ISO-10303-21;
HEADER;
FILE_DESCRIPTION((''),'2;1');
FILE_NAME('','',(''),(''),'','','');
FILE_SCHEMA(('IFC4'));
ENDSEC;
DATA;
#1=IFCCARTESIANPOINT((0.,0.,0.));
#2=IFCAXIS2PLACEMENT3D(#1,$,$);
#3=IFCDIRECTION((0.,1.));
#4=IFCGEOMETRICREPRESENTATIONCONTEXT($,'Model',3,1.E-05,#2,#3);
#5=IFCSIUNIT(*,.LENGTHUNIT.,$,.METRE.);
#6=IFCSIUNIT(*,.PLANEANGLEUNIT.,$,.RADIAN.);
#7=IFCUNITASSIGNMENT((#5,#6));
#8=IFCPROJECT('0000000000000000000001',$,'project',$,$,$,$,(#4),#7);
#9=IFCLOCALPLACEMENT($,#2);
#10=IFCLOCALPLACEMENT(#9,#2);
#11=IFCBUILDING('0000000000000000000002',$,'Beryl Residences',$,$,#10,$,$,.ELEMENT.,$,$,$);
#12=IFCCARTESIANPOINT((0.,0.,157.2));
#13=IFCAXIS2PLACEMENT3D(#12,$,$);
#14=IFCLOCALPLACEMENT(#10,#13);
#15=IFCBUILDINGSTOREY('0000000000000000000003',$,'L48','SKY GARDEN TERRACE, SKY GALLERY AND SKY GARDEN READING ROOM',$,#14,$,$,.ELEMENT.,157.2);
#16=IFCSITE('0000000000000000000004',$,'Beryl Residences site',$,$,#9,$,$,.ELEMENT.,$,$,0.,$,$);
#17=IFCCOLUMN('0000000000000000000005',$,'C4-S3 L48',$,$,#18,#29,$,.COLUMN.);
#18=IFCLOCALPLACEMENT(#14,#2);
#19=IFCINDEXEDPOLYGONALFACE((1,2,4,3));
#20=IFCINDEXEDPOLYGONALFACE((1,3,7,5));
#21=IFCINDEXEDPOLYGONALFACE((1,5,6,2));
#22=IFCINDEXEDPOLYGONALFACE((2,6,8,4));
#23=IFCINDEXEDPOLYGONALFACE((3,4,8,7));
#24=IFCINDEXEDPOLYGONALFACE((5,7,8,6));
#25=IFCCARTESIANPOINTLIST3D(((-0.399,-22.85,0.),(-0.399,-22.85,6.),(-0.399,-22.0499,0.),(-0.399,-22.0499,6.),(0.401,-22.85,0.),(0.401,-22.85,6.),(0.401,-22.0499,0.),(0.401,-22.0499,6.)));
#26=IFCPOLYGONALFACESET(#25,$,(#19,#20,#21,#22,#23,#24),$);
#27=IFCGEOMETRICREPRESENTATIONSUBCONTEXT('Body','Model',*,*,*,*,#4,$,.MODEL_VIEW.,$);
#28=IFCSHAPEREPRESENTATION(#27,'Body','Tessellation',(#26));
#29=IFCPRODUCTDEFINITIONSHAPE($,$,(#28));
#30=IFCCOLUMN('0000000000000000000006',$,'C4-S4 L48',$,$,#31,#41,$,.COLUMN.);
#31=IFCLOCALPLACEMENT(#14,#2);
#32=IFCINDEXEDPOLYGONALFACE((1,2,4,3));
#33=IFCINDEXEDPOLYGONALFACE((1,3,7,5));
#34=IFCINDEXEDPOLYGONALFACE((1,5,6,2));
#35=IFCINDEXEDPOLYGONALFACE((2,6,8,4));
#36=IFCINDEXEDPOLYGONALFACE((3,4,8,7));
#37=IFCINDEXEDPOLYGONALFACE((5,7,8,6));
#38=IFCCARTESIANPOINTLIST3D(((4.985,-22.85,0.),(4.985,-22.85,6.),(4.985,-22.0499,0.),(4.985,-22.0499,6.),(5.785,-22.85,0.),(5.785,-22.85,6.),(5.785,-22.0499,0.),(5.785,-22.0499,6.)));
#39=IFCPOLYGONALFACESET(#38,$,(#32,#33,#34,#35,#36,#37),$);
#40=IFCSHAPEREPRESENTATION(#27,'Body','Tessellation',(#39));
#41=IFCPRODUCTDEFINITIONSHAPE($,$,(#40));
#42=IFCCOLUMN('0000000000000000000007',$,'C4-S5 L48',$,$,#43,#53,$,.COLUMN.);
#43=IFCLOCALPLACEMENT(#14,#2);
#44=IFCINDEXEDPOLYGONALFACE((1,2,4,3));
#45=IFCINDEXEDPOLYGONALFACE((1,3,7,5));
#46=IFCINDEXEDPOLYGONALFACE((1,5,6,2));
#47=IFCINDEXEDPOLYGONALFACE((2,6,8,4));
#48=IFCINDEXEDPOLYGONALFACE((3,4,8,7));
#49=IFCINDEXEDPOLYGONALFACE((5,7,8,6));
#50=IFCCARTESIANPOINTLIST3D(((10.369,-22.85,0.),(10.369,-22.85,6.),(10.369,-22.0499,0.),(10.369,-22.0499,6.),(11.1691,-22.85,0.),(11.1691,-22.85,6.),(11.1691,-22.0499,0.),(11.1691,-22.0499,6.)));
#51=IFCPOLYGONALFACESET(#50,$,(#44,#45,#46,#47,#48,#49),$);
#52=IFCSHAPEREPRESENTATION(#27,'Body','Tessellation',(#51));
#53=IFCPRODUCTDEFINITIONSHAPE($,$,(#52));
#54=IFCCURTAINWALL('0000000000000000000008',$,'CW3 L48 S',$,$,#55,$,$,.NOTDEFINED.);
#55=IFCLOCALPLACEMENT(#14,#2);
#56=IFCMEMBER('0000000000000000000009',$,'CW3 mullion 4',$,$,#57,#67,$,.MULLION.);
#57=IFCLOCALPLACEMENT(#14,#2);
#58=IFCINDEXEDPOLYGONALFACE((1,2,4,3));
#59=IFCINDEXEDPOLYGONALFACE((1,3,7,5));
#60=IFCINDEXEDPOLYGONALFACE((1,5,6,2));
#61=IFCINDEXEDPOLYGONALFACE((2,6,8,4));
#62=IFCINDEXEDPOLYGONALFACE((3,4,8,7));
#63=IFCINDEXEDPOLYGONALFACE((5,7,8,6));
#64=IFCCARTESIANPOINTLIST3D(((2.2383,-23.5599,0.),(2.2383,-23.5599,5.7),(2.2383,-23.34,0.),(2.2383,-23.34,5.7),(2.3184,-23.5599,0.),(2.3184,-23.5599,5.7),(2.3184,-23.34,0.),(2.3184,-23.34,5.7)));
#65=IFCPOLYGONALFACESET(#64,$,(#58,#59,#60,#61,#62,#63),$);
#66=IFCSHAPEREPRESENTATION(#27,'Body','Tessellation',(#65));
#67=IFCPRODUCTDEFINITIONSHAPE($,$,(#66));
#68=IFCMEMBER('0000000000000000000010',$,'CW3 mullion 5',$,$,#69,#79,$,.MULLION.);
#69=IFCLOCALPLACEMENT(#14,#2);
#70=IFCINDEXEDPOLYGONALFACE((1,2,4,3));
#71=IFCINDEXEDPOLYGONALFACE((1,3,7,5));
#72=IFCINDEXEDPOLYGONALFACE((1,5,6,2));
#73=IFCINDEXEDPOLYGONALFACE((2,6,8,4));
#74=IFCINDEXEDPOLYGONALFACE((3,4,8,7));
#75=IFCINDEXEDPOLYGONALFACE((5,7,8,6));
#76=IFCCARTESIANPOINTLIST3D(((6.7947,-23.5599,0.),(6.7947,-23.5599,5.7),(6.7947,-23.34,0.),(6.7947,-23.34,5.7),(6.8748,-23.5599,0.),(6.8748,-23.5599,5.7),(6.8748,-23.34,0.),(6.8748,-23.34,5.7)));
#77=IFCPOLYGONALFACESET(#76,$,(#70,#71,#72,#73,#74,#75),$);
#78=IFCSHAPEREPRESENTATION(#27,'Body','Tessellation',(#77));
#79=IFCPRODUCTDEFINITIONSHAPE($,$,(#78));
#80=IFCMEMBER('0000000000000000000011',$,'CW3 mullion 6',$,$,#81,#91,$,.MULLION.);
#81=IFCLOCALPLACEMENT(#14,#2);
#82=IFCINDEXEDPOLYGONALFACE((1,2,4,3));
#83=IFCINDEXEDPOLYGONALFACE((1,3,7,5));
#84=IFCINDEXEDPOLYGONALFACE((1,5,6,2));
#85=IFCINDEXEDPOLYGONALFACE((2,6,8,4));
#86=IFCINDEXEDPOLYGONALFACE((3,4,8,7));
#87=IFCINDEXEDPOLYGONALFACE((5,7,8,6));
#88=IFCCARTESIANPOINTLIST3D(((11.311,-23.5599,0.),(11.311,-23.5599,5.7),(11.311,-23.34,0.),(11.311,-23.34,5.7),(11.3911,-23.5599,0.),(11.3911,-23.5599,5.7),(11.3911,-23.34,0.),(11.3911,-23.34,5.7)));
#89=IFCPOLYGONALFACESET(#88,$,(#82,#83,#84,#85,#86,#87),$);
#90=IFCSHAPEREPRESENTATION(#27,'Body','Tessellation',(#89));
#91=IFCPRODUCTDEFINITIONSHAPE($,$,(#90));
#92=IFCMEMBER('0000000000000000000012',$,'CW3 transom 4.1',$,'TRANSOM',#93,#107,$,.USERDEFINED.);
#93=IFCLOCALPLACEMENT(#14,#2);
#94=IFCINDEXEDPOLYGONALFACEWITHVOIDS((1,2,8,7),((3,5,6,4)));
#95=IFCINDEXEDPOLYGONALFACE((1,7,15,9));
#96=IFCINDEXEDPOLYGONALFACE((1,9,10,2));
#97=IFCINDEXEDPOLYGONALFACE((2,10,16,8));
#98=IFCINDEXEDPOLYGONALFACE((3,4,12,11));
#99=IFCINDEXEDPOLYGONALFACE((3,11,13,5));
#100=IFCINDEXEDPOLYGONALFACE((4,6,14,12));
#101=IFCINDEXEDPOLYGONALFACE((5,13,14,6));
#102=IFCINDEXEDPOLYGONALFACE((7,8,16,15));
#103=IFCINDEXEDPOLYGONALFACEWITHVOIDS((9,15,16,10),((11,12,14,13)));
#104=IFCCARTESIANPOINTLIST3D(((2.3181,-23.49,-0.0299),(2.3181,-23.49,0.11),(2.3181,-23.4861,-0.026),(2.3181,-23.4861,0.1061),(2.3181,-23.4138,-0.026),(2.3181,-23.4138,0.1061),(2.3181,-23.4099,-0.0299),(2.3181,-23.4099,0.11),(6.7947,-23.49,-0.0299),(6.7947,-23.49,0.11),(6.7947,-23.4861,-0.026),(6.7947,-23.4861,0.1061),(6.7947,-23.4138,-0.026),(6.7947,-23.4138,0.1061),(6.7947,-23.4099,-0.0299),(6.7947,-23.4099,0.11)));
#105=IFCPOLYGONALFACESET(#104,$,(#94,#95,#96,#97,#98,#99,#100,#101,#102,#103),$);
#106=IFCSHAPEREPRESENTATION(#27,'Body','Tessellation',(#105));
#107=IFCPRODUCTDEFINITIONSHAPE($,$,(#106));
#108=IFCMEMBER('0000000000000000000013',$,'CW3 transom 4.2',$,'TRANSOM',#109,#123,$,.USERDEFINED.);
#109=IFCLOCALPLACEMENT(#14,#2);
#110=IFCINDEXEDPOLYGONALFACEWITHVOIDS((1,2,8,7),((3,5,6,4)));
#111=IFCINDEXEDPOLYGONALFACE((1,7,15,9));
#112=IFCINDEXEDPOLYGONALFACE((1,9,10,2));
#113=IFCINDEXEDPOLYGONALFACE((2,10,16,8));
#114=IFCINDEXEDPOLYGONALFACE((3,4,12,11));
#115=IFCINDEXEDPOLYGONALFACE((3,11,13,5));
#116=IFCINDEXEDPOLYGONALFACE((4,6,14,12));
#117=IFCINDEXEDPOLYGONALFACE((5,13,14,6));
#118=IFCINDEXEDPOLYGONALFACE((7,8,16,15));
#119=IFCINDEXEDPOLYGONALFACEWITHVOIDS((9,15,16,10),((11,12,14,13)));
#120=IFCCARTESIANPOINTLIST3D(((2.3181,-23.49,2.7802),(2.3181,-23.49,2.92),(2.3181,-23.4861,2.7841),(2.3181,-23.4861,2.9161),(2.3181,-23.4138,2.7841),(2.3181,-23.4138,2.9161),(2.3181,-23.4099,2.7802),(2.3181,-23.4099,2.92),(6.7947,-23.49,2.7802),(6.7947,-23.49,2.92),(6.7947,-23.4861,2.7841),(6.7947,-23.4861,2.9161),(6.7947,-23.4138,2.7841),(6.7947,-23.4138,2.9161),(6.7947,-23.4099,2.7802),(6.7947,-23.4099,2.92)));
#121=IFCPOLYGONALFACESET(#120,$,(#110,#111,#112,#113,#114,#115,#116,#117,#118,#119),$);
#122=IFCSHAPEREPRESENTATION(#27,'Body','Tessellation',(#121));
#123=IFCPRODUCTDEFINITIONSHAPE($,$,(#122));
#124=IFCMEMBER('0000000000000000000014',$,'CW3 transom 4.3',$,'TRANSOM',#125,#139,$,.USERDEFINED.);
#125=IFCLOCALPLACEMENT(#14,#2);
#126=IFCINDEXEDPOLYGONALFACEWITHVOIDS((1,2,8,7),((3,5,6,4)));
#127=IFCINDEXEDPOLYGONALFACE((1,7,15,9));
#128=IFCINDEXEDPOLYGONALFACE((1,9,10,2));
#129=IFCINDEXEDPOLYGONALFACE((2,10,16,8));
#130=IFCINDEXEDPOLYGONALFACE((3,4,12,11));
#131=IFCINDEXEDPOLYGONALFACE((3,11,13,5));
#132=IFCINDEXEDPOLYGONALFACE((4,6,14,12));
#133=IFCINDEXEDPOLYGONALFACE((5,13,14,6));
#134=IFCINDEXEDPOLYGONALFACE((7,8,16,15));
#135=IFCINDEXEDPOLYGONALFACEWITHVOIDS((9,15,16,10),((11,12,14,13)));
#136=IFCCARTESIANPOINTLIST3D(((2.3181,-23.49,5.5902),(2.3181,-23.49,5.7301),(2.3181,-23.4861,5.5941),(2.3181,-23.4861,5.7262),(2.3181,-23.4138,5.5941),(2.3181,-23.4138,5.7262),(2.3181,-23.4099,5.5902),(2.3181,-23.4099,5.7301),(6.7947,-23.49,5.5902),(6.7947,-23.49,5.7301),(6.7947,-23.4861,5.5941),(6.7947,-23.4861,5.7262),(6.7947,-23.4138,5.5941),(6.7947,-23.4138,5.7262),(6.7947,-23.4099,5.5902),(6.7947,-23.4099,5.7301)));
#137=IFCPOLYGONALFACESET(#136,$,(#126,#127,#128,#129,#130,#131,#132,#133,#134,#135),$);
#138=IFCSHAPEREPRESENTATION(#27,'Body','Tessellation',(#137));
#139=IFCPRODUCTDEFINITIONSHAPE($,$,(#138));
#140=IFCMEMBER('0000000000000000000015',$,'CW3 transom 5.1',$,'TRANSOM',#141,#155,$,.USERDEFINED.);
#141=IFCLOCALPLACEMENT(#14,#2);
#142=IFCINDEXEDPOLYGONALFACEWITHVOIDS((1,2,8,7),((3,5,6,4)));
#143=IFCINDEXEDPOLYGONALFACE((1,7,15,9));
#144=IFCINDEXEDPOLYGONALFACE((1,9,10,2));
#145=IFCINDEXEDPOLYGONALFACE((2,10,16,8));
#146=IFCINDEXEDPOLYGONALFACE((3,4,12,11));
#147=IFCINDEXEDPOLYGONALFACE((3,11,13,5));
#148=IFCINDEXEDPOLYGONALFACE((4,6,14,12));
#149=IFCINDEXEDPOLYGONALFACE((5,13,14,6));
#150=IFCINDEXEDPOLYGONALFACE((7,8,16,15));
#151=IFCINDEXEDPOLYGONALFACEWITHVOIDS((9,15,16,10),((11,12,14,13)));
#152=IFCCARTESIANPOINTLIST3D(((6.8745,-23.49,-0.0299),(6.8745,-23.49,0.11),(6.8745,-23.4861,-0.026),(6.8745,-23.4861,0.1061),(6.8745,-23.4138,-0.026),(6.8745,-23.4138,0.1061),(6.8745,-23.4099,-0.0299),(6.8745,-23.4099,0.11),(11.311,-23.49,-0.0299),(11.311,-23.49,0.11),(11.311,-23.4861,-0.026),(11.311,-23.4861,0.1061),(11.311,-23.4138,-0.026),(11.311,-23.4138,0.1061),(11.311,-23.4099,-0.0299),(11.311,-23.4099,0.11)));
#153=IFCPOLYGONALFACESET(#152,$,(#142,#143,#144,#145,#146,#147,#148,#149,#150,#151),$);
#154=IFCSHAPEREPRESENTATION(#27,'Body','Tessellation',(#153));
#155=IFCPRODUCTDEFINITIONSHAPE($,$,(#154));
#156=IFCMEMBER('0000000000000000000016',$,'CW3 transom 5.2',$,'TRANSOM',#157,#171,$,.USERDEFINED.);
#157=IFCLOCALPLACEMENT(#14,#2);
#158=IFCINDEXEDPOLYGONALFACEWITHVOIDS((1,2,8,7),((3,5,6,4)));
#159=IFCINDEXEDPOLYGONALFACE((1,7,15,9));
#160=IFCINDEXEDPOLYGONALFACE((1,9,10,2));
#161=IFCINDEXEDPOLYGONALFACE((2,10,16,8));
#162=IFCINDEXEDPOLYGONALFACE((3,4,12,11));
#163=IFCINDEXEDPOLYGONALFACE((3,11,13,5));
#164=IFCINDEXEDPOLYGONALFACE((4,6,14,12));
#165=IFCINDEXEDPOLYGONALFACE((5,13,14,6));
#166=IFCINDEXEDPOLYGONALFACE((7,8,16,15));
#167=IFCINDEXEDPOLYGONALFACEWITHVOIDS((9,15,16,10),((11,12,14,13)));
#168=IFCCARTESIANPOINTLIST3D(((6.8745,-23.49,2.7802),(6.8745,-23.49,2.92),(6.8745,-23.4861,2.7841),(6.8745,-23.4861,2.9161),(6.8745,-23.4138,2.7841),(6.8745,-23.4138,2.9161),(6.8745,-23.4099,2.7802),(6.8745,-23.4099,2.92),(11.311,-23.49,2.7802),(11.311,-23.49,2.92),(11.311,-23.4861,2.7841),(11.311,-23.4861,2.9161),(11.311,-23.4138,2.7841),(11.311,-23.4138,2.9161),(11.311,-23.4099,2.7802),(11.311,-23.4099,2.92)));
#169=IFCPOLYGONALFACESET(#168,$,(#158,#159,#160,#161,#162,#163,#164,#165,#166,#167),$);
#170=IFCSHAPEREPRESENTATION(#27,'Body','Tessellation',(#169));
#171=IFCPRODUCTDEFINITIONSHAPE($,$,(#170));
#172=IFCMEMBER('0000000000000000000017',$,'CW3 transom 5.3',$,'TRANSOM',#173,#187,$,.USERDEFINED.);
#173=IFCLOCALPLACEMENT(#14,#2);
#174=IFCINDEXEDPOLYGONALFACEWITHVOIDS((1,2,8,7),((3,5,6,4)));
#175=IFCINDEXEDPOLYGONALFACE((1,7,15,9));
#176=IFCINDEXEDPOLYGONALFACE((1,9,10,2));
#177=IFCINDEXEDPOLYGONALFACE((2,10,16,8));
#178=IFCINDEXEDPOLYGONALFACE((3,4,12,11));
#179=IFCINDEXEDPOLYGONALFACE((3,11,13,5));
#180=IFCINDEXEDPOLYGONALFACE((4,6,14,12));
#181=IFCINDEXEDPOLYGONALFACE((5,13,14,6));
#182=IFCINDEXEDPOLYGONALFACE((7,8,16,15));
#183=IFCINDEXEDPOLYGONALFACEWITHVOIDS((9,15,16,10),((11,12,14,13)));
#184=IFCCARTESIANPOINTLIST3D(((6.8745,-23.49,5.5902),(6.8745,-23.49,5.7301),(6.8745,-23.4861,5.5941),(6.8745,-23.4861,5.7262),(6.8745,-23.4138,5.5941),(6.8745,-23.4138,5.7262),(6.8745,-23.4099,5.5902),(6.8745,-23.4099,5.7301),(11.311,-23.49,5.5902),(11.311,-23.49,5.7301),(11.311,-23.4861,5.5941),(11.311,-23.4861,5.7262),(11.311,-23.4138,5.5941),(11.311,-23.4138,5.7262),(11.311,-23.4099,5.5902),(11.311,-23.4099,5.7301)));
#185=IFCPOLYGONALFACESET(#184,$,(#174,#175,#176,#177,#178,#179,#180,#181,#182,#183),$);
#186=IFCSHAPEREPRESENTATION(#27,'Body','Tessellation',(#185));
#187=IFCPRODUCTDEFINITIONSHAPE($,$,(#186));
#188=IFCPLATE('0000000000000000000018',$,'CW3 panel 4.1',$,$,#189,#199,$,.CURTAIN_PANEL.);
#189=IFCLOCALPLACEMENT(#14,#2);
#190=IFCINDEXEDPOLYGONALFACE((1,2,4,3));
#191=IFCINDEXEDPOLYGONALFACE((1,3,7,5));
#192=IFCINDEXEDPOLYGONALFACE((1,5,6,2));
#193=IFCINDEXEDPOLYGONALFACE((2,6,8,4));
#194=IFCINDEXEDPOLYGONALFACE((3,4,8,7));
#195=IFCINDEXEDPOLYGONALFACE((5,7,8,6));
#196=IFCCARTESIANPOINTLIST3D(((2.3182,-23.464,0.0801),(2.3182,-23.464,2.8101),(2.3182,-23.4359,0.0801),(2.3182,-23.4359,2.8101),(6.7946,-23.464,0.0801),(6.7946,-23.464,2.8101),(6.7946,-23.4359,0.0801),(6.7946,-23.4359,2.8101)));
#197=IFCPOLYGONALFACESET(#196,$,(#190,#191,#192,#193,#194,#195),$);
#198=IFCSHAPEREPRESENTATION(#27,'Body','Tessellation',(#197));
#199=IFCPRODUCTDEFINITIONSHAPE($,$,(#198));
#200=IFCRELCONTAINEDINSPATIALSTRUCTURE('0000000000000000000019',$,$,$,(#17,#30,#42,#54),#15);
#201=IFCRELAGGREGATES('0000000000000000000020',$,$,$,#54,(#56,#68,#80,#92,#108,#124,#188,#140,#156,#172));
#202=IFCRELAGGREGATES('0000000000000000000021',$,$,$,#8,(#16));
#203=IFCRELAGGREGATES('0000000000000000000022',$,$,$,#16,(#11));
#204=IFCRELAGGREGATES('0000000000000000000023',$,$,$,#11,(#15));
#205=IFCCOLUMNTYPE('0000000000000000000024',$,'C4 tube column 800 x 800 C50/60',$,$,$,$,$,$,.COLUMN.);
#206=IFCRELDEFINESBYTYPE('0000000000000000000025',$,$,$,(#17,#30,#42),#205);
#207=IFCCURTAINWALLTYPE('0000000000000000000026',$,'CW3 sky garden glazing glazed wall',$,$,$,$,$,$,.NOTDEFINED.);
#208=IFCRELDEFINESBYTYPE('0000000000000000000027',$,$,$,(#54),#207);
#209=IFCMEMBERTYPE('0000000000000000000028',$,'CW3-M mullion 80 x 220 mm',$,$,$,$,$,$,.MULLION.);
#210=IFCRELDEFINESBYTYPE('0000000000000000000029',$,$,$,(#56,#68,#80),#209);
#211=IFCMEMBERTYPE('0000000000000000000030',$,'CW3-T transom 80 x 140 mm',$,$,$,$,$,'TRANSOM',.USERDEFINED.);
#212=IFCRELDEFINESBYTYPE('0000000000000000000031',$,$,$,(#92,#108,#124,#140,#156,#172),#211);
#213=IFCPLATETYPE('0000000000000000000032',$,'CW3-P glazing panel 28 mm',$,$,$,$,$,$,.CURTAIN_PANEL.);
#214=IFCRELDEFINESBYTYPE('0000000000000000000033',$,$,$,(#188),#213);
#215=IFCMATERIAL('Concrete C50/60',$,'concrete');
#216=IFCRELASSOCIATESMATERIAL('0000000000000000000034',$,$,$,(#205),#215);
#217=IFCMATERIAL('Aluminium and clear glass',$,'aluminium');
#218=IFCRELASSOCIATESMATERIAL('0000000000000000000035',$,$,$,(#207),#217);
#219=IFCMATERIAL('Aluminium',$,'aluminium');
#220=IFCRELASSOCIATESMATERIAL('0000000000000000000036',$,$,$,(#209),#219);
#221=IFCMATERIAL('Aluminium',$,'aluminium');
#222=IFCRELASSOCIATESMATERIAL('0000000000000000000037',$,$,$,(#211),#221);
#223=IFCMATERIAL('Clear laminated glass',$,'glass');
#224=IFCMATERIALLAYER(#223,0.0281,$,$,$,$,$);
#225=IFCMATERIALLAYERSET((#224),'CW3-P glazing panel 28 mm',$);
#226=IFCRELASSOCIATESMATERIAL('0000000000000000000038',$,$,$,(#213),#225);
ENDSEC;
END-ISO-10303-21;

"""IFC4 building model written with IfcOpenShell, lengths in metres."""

from ifc_helpers import new_model, si_unit, direction, frame, origin, origin_2d, place, context, subcontext, project, spatial, rectangle, hollow_rectangle, extrude, material, layer, layer_set, material_profile, profile_set, type_object, element, aggregate, save


model = new_model("IFC4")

# Units and contexts
model_context = context("Model", 3, precision=1e-05, world=origin(), true_north=direction((0.0, 1.0)))
body_context = subcontext(model_context, "Body", "Model", "MODEL_VIEW")
ifc_project = project(units=[si_unit("LENGTHUNIT", "METRE"), si_unit("PLANEANGLEUNIT", "RADIAN")], contexts=[model_context])

# Site, building, storey
site_placement = place(None, origin())
site = spatial("IfcSite", under=ifc_project, at=site_placement, Name="Beryl Residences site", CompositionType="ELEMENT", RefElevation=0.0)
building_placement = place(site_placement, origin())
building = spatial("IfcBuilding", under=site, at=building_placement, Name="Beryl Residences", CompositionType="ELEMENT")
storey_placement = place(building_placement, frame((0.0, 0.0, 157.2)))
storey = spatial("IfcBuildingStorey", under=building, at=storey_placement, Name="L48", Description="SKY GARDEN TERRACE, SKY GALLERY AND SKY GARDEN READING ROOM", CompositionType="ELEMENT", Elevation=157.2)

# Columns
ifc_material_1 = material(Name="Concrete C50/60", Category="concrete")
ifc_material_profile_1 = material_profile(ifc_material_1, rectangle(XDim=0.8, YDim=0.8, at=origin_2d()))
ifc_profile_set_1 = profile_set([ifc_material_profile_1], Name="Concrete C50/60")
column_type = type_object("IfcColumnType", Name="C4 tube column 800 x 800 C50/60", PredefinedType="COLUMN", material=ifc_profile_set_1)
for number, where, z_axis, x_axis, name in (
    (1, (0.001, -22.45, 0.0), (0.0, 0.0, 1.0), (1.0, 0.0, 0.0), "C4-S3 L48"),
    (2, (5.385, -22.45, 0.0), (0.0, 0.0, 1.0), (1.0, 0.0, 0.0), "C4-S4 L48"),
    (3, (10.769, -22.45, 0.0), (0.0, 0.0, 1.0), (1.0, 0.0, 0.0), "C4-S5 L48"),
):
    element("IfcColumn", number, at=place(storey_placement, frame(where, z_axis=z_axis, x_axis=x_axis)), inside=storey, type_object=column_type, Name=name, PredefinedType="COLUMN", context=body_context, shape_type="SweptSolid", body=[
        extrude(rectangle(XDim=0.8, YDim=0.8, at=origin_2d()), origin(), (0.0, 0.0, 1.0), 6.0),
    ])

# Curtain wall, members, plate
ifc_material_2 = material(Name="Aluminium and clear glass", Category="aluminium")
curtain_wall_type = type_object("IfcCurtainWallType", Name="CW3 sky garden glazing glazed wall", PredefinedType="NOTDEFINED", material=ifc_material_2)
curtain_wall_placement = place(storey_placement, origin())
curtain_wall = element("IfcCurtainWall", 4, at=curtain_wall_placement, inside=storey, type_object=curtain_wall_type, Name="CW3 L48 S", PredefinedType="NOTDEFINED")
ifc_material_3 = material(Name="Aluminium", Category="aluminium")
ifc_material_profile_2 = material_profile(ifc_material_3, rectangle(XDim=0.0801, YDim=0.22, at=origin_2d()))
ifc_profile_set_2 = profile_set([ifc_material_profile_2], Name="Aluminium")
member_type_1 = type_object("IfcMemberType", Name="CW3-M mullion 80 x 220 mm", PredefinedType="MULLION", material=ifc_profile_set_2)
member_1_placement = place(storey_placement, frame((2.2783, -23.45, 0.0), z_axis=(0.0, 0.0, 1.0), x_axis=(1.0, 0.0, 0.0)))
member_1 = element("IfcMember", 5, at=member_1_placement, type_object=member_type_1, Name="CW3 mullion 4", PredefinedType="MULLION", context=body_context, shape_type="SweptSolid", body=[
    extrude(rectangle(XDim=0.0801, YDim=0.22, at=origin_2d()), origin(), (0.0, 0.0, 1.0), 5.7),
])
member_2_placement = place(storey_placement, frame((6.8347, -23.45, 0.0), z_axis=(0.0, 0.0, 1.0), x_axis=(1.0, 0.0, 0.0)))
member_2 = element("IfcMember", 6, at=member_2_placement, type_object=member_type_1, Name="CW3 mullion 5", PredefinedType="MULLION", context=body_context, shape_type="SweptSolid", body=[
    extrude(rectangle(XDim=0.0801, YDim=0.22, at=origin_2d()), origin(), (0.0, 0.0, 1.0), 5.7),
])
member_3_placement = place(storey_placement, frame((11.3511, -23.45, 0.0), z_axis=(0.0, 0.0, 1.0), x_axis=(1.0, 0.0, 0.0)))
member_3 = element("IfcMember", 7, at=member_3_placement, type_object=member_type_1, Name="CW3 mullion 6", PredefinedType="MULLION", context=body_context, shape_type="SweptSolid", body=[
    extrude(rectangle(XDim=0.0801, YDim=0.22, at=origin_2d()), origin(), (0.0, 0.0, 1.0), 5.7),
])
ifc_material_4 = material(Name="Aluminium", Category="aluminium")
ifc_material_profile_3 = material_profile(ifc_material_4, hollow_rectangle(XDim=0.0801, YDim=0.1399, WallThickness=0.0039, at=origin_2d()))
ifc_profile_set_3 = profile_set([ifc_material_profile_3], Name="Aluminium")
member_type_2 = type_object("IfcMemberType", Name="CW3-T transom 80 x 140 mm", ElementType="TRANSOM", PredefinedType="USERDEFINED", material=ifc_profile_set_3)
member_4_placement = place(storey_placement, frame((2.3181, -23.45, 0.04), z_axis=(1.0, 0.0, 0.0), x_axis=(0.0, 1.0, 0.0)))
member_4 = element("IfcMember", 8, at=member_4_placement, type_object=member_type_2, Name="CW3 transom 4.1", ObjectType="TRANSOM", PredefinedType="USERDEFINED", context=body_context, shape_type="SweptSolid", body=[
    extrude(hollow_rectangle(XDim=0.0801, YDim=0.1399, WallThickness=0.0039, at=origin_2d()), origin(), (0.0, 0.0, 1.0), 4.4766),
])
member_5_placement = place(storey_placement, frame((2.3181, -23.45, 2.8501), z_axis=(1.0, 0.0, 0.0), x_axis=(0.0, 1.0, 0.0)))
member_5 = element("IfcMember", 9, at=member_5_placement, type_object=member_type_2, Name="CW3 transom 4.2", ObjectType="TRANSOM", PredefinedType="USERDEFINED", context=body_context, shape_type="SweptSolid", body=[
    extrude(hollow_rectangle(XDim=0.0801, YDim=0.1399, WallThickness=0.0039, at=origin_2d()), origin(), (0.0, 0.0, 1.0), 4.4766),
])
member_6_placement = place(storey_placement, frame((2.3181, -23.45, 5.6602), z_axis=(1.0, 0.0, 0.0), x_axis=(0.0, 1.0, 0.0)))
member_6 = element("IfcMember", 10, at=member_6_placement, type_object=member_type_2, Name="CW3 transom 4.3", ObjectType="TRANSOM", PredefinedType="USERDEFINED", context=body_context, shape_type="SweptSolid", body=[
    extrude(hollow_rectangle(XDim=0.0801, YDim=0.1399, WallThickness=0.0039, at=origin_2d()), origin(), (0.0, 0.0, 1.0), 4.4766),
])
member_7_placement = place(storey_placement, frame((6.8745, -23.45, 0.04), z_axis=(1.0, 0.0, 0.0), x_axis=(0.0, 1.0, 0.0)))
member_7 = element("IfcMember", 11, at=member_7_placement, type_object=member_type_2, Name="CW3 transom 5.1", ObjectType="TRANSOM", PredefinedType="USERDEFINED", context=body_context, shape_type="SweptSolid", body=[
    extrude(hollow_rectangle(XDim=0.0801, YDim=0.1399, WallThickness=0.0039, at=origin_2d()), origin(), (0.0, 0.0, 1.0), 4.4365),
])
member_8_placement = place(storey_placement, frame((6.8745, -23.45, 2.8501), z_axis=(1.0, 0.0, 0.0), x_axis=(0.0, 1.0, 0.0)))
member_8 = element("IfcMember", 12, at=member_8_placement, type_object=member_type_2, Name="CW3 transom 5.2", ObjectType="TRANSOM", PredefinedType="USERDEFINED", context=body_context, shape_type="SweptSolid", body=[
    extrude(hollow_rectangle(XDim=0.0801, YDim=0.1399, WallThickness=0.0039, at=origin_2d()), origin(), (0.0, 0.0, 1.0), 4.4365),
])
member_9_placement = place(storey_placement, frame((6.8745, -23.45, 5.6602), z_axis=(1.0, 0.0, 0.0), x_axis=(0.0, 1.0, 0.0)))
member_9 = element("IfcMember", 13, at=member_9_placement, type_object=member_type_2, Name="CW3 transom 5.3", ObjectType="TRANSOM", PredefinedType="USERDEFINED", context=body_context, shape_type="SweptSolid", body=[
    extrude(hollow_rectangle(XDim=0.0801, YDim=0.1399, WallThickness=0.0039, at=origin_2d()), origin(), (0.0, 0.0, 1.0), 4.4365),
])
ifc_material_5 = material(Name="Clear laminated glass", Category="glass")
ifc_layer_1 = layer(ifc_material_5, 0.0281)
ifc_layer_set_1 = layer_set([ifc_layer_1], Name="CW3-P glazing panel 28 mm")
plate_type = type_object("IfcPlateType", Name="CW3-P glazing panel 28 mm", PredefinedType="CURTAIN_PANEL", material=ifc_layer_set_1)
plate_1_placement = place(storey_placement, frame((4.5564, -23.45, 0.0801), z_axis=(0.0, 0.0, 1.0), x_axis=(1.0, 0.0, 0.0)))
plate_1 = element("IfcPlate", 14, at=plate_1_placement, type_object=plate_type, Name="CW3 panel 4.1", PredefinedType="CURTAIN_PANEL", context=body_context, shape_type="SweptSolid", body=[
    extrude(rectangle(XDim=4.4763, YDim=0.0281, at=origin_2d()), origin(), (0.0, 0.0, 1.0), 2.73),
])
aggregate(curtain_wall, [member_1, member_2, member_3, member_4, member_5, member_6, plate_1, member_7, member_8, member_9])

save(model, "model.ifc")
